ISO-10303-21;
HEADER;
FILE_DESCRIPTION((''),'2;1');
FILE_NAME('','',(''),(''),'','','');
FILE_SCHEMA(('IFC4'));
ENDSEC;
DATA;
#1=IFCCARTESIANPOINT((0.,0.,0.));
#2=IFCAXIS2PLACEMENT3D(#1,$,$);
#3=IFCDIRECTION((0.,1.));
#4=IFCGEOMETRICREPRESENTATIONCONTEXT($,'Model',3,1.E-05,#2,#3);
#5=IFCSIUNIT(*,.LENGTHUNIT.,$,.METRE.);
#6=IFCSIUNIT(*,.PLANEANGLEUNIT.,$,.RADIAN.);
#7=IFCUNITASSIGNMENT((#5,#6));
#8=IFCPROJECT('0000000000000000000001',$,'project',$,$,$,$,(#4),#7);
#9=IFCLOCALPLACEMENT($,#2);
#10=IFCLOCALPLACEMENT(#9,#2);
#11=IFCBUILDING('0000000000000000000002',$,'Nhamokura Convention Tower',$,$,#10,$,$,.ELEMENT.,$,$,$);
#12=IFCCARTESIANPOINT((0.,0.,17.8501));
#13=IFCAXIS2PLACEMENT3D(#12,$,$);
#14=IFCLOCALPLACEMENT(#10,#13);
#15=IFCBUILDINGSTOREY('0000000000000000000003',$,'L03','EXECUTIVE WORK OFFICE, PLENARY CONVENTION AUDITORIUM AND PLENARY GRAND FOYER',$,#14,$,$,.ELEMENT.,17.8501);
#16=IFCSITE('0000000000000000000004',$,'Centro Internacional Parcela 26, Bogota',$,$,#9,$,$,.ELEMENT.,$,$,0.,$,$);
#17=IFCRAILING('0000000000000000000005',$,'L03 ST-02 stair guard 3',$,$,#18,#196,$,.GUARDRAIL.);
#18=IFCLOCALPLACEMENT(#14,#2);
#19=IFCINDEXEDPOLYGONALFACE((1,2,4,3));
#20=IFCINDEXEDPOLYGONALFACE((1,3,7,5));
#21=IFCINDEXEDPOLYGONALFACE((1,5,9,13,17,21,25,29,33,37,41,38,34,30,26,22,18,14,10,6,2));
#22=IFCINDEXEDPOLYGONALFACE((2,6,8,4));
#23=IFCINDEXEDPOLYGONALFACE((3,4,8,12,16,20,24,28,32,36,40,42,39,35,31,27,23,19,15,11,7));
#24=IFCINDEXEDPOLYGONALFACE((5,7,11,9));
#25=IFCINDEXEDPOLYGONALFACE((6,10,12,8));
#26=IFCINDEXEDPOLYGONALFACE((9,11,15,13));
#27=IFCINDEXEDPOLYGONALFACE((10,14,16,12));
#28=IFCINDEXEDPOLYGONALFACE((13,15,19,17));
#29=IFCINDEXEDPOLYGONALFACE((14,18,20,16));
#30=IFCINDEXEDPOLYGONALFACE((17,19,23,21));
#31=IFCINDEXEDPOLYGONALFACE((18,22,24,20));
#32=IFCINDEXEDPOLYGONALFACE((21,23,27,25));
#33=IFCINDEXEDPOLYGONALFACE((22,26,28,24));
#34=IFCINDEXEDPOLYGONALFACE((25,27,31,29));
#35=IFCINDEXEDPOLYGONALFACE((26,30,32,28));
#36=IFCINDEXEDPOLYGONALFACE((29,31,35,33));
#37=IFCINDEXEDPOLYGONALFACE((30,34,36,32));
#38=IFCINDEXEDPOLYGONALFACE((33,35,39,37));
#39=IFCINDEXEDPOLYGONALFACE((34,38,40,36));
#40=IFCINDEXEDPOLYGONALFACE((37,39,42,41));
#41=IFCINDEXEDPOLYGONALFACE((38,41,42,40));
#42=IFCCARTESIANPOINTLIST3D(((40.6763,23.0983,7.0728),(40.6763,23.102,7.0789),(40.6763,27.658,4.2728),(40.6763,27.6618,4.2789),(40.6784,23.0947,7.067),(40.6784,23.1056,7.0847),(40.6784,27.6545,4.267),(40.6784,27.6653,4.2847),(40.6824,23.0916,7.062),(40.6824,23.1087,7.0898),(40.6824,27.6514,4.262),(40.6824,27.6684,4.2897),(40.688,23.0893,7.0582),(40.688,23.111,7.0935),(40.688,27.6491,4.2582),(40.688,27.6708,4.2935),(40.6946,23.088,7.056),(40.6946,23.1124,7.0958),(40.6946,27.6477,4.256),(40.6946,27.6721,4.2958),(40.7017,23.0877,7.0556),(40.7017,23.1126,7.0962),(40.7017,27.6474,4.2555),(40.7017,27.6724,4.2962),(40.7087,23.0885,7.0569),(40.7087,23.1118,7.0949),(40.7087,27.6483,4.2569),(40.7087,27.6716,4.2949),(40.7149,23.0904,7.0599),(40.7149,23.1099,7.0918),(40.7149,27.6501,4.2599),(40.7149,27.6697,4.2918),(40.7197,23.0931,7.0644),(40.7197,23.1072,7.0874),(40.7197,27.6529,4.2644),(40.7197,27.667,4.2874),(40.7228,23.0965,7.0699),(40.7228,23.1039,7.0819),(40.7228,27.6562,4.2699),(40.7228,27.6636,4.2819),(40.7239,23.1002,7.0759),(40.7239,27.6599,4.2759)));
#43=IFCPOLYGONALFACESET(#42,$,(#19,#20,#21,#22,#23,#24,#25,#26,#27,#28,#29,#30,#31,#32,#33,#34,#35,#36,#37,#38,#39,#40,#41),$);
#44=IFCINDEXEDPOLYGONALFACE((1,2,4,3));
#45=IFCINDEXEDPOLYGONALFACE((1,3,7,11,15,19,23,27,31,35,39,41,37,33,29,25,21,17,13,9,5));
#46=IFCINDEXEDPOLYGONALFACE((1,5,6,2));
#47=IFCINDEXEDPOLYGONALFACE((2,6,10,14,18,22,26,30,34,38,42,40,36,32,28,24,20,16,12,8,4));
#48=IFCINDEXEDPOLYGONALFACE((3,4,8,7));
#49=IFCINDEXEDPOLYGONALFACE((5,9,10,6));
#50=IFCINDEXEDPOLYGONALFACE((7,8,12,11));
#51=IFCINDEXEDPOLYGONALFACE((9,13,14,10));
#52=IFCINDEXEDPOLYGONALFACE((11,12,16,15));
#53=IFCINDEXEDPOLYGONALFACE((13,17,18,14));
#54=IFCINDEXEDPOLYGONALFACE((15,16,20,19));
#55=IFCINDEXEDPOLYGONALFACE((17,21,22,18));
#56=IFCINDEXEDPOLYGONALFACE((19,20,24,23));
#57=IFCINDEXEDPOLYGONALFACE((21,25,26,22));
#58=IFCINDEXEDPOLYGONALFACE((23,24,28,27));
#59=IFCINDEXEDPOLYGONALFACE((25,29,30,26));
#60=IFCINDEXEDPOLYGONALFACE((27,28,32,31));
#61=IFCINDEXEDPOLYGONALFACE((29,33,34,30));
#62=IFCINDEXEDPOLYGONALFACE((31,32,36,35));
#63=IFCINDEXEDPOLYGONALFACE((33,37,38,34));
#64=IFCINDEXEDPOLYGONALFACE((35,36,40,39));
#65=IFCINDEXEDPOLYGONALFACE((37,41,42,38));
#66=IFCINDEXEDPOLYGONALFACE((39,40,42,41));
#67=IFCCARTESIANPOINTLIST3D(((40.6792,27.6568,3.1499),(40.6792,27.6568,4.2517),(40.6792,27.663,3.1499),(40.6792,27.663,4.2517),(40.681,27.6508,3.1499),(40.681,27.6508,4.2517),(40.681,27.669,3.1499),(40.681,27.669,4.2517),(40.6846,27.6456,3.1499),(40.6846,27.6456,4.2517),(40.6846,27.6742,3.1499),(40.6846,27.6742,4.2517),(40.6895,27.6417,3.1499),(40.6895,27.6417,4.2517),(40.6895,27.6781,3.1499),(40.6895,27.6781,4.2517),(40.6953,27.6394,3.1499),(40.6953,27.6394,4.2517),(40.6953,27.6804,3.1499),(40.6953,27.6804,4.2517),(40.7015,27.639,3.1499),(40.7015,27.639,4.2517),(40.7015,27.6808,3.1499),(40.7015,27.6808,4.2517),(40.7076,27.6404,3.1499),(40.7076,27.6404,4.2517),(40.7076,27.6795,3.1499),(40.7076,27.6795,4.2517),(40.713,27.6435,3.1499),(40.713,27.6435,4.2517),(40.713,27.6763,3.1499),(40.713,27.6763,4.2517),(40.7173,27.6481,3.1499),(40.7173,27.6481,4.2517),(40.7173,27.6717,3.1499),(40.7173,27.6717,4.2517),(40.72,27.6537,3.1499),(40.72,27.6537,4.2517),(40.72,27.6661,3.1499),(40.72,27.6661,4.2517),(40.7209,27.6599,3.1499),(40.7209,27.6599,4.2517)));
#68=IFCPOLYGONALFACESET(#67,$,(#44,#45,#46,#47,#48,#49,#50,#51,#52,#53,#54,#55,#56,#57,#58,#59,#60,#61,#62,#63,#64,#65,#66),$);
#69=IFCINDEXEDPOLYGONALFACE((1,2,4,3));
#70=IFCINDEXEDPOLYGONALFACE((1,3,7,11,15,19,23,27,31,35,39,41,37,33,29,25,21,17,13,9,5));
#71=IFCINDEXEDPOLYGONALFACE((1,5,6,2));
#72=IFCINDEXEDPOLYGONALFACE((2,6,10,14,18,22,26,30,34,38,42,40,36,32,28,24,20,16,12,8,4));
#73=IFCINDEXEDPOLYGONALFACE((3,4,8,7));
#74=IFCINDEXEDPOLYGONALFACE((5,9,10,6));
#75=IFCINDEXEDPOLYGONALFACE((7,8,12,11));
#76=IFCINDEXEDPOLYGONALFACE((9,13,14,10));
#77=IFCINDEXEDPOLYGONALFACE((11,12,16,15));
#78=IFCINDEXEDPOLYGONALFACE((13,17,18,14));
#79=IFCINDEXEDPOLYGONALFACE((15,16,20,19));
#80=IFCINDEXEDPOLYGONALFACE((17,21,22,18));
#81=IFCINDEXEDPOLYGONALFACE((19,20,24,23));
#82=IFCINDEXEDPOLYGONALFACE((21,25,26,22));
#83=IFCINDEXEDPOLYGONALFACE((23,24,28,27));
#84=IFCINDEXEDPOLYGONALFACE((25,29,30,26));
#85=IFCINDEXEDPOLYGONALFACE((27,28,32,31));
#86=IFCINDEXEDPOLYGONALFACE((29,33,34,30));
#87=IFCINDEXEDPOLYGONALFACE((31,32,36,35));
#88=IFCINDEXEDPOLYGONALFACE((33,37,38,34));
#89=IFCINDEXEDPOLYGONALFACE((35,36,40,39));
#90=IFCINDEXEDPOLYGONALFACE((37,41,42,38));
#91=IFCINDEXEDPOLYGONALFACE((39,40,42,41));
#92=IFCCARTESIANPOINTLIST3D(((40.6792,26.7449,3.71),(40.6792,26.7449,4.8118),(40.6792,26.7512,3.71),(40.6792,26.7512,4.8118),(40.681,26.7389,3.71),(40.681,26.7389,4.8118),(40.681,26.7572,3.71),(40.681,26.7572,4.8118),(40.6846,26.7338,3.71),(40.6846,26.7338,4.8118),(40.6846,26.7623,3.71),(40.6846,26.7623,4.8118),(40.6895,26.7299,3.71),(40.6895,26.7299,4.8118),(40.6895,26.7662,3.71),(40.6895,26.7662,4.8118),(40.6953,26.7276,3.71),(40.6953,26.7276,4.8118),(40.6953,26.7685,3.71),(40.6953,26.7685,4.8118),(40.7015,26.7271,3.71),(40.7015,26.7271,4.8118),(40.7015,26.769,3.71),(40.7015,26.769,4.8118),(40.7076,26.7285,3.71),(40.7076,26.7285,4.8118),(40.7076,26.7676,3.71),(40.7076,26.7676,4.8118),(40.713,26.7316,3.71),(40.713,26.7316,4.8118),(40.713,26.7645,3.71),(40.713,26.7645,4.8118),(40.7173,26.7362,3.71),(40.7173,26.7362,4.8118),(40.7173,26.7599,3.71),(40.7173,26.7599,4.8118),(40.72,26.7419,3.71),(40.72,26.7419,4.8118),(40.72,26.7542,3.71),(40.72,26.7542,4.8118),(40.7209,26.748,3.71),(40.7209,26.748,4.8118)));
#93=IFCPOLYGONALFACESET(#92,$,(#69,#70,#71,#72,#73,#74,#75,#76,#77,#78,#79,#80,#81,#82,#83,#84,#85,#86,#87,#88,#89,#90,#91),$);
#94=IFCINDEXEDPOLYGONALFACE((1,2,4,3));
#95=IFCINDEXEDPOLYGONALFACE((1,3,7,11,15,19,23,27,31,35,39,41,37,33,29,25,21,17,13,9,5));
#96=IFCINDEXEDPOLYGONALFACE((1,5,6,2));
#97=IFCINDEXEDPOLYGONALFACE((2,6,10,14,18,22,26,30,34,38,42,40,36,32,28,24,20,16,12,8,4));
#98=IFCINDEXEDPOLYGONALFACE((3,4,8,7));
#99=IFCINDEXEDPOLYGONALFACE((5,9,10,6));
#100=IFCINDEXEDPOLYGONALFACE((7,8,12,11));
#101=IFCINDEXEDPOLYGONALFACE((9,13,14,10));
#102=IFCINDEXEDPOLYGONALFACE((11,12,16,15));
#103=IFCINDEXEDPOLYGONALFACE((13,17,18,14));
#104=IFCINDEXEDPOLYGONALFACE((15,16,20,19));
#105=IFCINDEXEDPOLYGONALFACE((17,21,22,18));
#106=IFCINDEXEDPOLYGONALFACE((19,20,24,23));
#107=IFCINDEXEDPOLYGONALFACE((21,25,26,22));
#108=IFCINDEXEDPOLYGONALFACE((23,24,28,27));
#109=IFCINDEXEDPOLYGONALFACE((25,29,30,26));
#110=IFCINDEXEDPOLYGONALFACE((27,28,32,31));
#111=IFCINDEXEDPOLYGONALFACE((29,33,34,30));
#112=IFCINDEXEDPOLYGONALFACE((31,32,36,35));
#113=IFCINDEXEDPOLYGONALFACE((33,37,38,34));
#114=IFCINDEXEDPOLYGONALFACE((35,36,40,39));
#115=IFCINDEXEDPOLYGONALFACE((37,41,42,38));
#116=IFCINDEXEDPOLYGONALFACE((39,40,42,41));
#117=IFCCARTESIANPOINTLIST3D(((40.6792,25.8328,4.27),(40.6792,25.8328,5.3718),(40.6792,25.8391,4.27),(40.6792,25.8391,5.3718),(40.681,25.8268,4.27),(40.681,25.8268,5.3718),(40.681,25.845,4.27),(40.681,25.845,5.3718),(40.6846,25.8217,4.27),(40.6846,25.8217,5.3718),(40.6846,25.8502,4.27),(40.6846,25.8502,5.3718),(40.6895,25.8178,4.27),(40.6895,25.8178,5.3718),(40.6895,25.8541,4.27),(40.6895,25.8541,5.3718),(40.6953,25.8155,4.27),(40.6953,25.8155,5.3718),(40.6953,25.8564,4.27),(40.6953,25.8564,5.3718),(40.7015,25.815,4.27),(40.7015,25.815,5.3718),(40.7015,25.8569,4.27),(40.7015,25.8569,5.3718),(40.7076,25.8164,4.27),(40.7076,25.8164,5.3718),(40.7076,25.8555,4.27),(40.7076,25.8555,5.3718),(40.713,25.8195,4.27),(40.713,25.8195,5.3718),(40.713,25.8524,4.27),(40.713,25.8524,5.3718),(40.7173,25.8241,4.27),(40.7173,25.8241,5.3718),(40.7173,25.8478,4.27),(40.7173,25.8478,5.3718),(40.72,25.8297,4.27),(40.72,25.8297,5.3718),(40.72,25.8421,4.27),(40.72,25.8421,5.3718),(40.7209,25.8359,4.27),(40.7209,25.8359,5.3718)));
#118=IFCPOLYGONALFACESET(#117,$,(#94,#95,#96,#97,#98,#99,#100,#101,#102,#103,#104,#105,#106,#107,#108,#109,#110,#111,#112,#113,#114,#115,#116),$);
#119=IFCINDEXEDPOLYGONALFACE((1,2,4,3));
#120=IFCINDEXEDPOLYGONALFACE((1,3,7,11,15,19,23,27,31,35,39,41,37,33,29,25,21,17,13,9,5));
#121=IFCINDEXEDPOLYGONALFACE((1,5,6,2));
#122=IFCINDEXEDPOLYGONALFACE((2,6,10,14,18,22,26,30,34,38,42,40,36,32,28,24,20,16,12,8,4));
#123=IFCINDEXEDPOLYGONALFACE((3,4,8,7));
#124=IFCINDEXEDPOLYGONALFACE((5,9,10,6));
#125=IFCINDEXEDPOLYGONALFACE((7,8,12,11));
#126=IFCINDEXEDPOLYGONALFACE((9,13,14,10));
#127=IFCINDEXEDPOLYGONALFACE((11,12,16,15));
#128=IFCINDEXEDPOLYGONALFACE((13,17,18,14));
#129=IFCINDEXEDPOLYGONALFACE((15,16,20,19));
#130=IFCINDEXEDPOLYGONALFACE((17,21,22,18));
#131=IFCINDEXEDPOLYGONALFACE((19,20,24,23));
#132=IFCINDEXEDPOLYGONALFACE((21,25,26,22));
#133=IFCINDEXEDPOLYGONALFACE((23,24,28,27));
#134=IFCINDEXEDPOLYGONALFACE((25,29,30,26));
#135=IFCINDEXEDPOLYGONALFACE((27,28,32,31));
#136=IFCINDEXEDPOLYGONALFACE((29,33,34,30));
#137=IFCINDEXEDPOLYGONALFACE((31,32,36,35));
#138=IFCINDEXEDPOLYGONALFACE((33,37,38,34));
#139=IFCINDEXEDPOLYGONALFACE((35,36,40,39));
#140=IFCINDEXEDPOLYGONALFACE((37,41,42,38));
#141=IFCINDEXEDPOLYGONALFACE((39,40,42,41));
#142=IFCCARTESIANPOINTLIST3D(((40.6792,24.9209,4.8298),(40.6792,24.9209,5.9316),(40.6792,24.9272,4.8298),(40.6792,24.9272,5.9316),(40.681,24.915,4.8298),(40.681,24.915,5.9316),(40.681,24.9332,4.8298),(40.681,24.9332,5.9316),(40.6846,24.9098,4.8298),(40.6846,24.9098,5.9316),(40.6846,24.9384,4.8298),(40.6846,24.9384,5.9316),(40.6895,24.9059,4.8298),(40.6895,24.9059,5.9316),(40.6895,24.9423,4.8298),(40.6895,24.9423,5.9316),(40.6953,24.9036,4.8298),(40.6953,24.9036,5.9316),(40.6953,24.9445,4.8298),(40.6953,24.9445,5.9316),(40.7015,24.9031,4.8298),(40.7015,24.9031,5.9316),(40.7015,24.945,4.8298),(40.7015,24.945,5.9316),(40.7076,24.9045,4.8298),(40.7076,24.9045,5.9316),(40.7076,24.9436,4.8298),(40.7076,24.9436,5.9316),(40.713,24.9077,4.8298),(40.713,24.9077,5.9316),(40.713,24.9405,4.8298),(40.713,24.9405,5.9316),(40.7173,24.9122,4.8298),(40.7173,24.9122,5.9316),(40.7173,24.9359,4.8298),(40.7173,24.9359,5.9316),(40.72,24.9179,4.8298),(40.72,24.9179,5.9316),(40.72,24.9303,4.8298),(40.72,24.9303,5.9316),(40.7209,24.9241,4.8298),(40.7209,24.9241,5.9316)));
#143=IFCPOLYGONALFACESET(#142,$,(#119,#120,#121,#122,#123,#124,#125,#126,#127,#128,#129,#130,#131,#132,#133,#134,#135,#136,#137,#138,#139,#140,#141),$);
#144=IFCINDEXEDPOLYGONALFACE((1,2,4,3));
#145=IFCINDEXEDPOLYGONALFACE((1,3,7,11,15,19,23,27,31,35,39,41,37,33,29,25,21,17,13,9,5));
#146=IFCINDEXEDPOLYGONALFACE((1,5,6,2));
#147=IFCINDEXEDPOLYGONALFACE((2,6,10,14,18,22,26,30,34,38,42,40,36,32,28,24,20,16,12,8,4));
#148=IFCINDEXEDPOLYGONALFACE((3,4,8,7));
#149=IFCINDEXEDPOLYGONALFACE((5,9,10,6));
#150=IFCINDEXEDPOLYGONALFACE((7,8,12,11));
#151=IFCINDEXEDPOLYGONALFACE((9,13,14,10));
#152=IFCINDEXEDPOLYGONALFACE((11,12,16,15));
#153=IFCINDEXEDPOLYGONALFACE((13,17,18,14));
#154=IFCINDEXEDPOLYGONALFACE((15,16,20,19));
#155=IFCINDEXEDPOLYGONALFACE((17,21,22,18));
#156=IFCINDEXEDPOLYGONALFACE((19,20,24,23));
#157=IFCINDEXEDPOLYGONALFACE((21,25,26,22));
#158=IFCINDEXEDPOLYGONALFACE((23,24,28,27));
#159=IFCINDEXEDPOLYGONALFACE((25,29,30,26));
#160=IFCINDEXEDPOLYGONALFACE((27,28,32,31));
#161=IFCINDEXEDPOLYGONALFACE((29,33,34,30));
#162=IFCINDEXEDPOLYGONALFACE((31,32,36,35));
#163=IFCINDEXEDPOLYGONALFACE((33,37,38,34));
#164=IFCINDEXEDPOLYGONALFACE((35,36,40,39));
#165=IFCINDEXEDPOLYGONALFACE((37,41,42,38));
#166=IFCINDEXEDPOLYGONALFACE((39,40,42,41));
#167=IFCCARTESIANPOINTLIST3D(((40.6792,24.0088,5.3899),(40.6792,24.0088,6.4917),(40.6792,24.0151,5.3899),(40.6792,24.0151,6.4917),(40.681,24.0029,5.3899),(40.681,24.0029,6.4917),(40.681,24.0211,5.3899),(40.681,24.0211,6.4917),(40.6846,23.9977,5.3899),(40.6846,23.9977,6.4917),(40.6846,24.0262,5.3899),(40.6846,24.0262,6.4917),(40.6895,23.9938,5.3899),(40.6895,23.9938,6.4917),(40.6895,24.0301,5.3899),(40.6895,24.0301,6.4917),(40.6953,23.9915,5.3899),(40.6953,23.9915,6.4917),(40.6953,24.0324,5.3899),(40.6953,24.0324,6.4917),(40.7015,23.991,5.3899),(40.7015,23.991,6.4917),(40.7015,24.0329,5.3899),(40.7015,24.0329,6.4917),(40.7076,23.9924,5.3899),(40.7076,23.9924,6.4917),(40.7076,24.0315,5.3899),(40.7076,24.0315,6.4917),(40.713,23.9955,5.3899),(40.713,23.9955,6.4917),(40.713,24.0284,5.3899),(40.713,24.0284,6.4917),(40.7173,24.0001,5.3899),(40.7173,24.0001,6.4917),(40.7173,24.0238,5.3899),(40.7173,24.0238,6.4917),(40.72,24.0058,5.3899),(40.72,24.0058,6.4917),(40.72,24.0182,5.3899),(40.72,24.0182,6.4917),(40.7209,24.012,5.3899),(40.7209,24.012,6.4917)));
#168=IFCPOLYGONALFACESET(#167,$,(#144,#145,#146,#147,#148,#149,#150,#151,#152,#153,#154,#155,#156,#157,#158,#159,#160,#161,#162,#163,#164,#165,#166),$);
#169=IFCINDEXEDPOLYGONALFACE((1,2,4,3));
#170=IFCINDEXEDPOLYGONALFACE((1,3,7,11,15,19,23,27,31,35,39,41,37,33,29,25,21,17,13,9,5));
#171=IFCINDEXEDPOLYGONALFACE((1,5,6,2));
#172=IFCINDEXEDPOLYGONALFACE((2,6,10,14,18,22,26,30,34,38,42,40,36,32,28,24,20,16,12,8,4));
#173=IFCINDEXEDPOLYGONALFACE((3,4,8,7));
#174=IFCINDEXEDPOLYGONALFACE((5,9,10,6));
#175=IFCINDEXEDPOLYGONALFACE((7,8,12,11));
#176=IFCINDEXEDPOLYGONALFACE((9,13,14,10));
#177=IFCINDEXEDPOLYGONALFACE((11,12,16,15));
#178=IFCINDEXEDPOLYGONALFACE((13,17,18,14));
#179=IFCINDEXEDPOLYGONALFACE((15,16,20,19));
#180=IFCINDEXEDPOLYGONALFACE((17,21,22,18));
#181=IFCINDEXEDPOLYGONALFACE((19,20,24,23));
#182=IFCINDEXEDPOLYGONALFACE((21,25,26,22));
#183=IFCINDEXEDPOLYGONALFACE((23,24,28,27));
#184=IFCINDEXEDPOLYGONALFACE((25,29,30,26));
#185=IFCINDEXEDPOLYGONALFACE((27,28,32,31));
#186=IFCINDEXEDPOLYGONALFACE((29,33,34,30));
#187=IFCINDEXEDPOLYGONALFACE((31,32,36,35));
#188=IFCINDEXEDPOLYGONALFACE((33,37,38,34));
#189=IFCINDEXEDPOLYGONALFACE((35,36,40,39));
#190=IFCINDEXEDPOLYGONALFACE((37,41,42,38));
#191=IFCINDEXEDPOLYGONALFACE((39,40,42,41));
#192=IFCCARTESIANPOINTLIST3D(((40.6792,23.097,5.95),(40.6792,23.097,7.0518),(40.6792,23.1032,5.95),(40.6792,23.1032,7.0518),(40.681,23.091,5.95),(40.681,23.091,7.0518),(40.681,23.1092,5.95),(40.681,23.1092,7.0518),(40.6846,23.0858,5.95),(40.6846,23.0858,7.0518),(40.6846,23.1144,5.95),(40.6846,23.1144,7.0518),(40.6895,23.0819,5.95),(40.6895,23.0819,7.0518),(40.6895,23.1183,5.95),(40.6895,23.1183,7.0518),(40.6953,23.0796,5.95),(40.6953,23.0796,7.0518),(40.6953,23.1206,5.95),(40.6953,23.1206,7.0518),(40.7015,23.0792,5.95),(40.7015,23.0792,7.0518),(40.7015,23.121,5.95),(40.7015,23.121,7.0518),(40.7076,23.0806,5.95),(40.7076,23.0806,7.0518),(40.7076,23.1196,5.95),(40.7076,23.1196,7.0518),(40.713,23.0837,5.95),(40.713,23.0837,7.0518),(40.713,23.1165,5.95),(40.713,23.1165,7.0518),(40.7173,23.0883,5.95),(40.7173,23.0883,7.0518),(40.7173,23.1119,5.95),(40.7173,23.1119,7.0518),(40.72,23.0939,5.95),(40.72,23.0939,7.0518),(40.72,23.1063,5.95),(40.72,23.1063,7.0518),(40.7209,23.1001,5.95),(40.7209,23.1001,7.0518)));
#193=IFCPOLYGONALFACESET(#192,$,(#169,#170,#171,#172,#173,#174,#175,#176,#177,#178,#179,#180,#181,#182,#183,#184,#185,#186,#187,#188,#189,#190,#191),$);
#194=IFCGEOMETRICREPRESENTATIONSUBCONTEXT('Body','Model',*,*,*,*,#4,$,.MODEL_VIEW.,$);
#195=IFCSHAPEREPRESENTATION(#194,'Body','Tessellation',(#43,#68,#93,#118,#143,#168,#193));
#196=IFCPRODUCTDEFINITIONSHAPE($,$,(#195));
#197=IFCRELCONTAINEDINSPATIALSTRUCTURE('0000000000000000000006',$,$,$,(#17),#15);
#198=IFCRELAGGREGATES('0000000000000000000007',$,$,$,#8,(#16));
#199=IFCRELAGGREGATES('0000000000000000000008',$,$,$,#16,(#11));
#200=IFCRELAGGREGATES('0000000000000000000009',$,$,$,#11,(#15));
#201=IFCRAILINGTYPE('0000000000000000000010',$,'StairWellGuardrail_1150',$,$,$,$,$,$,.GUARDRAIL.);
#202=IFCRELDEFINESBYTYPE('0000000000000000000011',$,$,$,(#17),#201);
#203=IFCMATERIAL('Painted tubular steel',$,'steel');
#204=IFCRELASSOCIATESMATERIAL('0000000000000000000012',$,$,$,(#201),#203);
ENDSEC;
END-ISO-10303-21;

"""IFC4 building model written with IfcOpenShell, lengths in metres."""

from ifc_helpers import new_model, si_unit, direction, frame, origin, origin_2d, place, context, subcontext, project, spatial, circle, extrude, material, type_object, element, save


model = new_model("IFC4")

# Units and contexts
model_context = context("Model", 3, precision=1e-05, world=origin(), true_north=direction((0.0, 1.0)))
body_context = subcontext(model_context, "Body", "Model", "MODEL_VIEW")
ifc_project = project(units=[si_unit("LENGTHUNIT", "METRE"), si_unit("PLANEANGLEUNIT", "RADIAN")], contexts=[model_context])

# Site, building, storey
site_placement = place(None, origin())
site = spatial("IfcSite", under=ifc_project, at=site_placement, Name="Centro Internacional Parcela 26, Bogota", CompositionType="ELEMENT", RefElevation=0.0)
building_placement = place(site_placement, origin())
building = spatial("IfcBuilding", under=site, at=building_placement, Name="Nhamokura Convention Tower", CompositionType="ELEMENT")
storey_placement = place(building_placement, frame((0.0, 0.0, 17.8501)))
storey = spatial("IfcBuildingStorey", under=building, at=storey_placement, Name="L03", Description="EXECUTIVE WORK OFFICE, PLENARY CONVENTION AUDITORIUM AND PLENARY GRAND FOYER", CompositionType="ELEMENT", Elevation=17.8501)

# Railing
ifc_material_1 = material(Name="Painted tubular steel", Category="steel")
railing_type_1 = type_object("IfcRailingType", Name="StairWellGuardrail_1150", PredefinedType="GUARDRAIL", material=ifc_material_1)
railing_1_placement = place(storey_placement, frame((40.7, 27.6599, 3.1499)))
element("IfcRailing", 1, at=railing_1_placement, inside=storey, type_object=railing_type_1, Name="L03 ST-02 stair guard 3", PredefinedType="GUARDRAIL", context=body_context, shape_type="SweptSolid", body=[
    extrude(circle(Radius=0.0239, at=origin_2d()), frame((0.0, 0.0, 1.126), z_axis=(0.0, -0.852158, 0.523285), x_axis=(1.0, 0.0, 0.0)), (0.0, 0.0, 1.0), 5.3508),
    extrude(circle(Radius=0.021, at=origin_2d()), origin(), (0.0, 0.0, 1.0), 1.1018),
    extrude(circle(Radius=0.021, at=origin_2d()), frame((0.0, -0.9119, 0.5601)), (0.0, 0.0, 1.0), 1.1018),
    extrude(circle(Radius=0.021, at=origin_2d()), frame((0.0, -1.824, 1.1201)), (0.0, 0.0, 1.0), 1.1018),
    extrude(circle(Radius=0.021, at=origin_2d()), frame((0.0, -2.7358, 1.6799)), (0.0, 0.0, 1.0), 1.1018),
    extrude(circle(Radius=0.021, at=origin_2d()), frame((0.0, -3.6479, 2.24)), (0.0, 0.0, 1.0), 1.1018),
    extrude(circle(Radius=0.021, at=origin_2d()), frame((0.0, -4.5598, 2.8)), (0.0, 0.0, 1.0), 1.1018),
])

save(model, "model.ifc")
